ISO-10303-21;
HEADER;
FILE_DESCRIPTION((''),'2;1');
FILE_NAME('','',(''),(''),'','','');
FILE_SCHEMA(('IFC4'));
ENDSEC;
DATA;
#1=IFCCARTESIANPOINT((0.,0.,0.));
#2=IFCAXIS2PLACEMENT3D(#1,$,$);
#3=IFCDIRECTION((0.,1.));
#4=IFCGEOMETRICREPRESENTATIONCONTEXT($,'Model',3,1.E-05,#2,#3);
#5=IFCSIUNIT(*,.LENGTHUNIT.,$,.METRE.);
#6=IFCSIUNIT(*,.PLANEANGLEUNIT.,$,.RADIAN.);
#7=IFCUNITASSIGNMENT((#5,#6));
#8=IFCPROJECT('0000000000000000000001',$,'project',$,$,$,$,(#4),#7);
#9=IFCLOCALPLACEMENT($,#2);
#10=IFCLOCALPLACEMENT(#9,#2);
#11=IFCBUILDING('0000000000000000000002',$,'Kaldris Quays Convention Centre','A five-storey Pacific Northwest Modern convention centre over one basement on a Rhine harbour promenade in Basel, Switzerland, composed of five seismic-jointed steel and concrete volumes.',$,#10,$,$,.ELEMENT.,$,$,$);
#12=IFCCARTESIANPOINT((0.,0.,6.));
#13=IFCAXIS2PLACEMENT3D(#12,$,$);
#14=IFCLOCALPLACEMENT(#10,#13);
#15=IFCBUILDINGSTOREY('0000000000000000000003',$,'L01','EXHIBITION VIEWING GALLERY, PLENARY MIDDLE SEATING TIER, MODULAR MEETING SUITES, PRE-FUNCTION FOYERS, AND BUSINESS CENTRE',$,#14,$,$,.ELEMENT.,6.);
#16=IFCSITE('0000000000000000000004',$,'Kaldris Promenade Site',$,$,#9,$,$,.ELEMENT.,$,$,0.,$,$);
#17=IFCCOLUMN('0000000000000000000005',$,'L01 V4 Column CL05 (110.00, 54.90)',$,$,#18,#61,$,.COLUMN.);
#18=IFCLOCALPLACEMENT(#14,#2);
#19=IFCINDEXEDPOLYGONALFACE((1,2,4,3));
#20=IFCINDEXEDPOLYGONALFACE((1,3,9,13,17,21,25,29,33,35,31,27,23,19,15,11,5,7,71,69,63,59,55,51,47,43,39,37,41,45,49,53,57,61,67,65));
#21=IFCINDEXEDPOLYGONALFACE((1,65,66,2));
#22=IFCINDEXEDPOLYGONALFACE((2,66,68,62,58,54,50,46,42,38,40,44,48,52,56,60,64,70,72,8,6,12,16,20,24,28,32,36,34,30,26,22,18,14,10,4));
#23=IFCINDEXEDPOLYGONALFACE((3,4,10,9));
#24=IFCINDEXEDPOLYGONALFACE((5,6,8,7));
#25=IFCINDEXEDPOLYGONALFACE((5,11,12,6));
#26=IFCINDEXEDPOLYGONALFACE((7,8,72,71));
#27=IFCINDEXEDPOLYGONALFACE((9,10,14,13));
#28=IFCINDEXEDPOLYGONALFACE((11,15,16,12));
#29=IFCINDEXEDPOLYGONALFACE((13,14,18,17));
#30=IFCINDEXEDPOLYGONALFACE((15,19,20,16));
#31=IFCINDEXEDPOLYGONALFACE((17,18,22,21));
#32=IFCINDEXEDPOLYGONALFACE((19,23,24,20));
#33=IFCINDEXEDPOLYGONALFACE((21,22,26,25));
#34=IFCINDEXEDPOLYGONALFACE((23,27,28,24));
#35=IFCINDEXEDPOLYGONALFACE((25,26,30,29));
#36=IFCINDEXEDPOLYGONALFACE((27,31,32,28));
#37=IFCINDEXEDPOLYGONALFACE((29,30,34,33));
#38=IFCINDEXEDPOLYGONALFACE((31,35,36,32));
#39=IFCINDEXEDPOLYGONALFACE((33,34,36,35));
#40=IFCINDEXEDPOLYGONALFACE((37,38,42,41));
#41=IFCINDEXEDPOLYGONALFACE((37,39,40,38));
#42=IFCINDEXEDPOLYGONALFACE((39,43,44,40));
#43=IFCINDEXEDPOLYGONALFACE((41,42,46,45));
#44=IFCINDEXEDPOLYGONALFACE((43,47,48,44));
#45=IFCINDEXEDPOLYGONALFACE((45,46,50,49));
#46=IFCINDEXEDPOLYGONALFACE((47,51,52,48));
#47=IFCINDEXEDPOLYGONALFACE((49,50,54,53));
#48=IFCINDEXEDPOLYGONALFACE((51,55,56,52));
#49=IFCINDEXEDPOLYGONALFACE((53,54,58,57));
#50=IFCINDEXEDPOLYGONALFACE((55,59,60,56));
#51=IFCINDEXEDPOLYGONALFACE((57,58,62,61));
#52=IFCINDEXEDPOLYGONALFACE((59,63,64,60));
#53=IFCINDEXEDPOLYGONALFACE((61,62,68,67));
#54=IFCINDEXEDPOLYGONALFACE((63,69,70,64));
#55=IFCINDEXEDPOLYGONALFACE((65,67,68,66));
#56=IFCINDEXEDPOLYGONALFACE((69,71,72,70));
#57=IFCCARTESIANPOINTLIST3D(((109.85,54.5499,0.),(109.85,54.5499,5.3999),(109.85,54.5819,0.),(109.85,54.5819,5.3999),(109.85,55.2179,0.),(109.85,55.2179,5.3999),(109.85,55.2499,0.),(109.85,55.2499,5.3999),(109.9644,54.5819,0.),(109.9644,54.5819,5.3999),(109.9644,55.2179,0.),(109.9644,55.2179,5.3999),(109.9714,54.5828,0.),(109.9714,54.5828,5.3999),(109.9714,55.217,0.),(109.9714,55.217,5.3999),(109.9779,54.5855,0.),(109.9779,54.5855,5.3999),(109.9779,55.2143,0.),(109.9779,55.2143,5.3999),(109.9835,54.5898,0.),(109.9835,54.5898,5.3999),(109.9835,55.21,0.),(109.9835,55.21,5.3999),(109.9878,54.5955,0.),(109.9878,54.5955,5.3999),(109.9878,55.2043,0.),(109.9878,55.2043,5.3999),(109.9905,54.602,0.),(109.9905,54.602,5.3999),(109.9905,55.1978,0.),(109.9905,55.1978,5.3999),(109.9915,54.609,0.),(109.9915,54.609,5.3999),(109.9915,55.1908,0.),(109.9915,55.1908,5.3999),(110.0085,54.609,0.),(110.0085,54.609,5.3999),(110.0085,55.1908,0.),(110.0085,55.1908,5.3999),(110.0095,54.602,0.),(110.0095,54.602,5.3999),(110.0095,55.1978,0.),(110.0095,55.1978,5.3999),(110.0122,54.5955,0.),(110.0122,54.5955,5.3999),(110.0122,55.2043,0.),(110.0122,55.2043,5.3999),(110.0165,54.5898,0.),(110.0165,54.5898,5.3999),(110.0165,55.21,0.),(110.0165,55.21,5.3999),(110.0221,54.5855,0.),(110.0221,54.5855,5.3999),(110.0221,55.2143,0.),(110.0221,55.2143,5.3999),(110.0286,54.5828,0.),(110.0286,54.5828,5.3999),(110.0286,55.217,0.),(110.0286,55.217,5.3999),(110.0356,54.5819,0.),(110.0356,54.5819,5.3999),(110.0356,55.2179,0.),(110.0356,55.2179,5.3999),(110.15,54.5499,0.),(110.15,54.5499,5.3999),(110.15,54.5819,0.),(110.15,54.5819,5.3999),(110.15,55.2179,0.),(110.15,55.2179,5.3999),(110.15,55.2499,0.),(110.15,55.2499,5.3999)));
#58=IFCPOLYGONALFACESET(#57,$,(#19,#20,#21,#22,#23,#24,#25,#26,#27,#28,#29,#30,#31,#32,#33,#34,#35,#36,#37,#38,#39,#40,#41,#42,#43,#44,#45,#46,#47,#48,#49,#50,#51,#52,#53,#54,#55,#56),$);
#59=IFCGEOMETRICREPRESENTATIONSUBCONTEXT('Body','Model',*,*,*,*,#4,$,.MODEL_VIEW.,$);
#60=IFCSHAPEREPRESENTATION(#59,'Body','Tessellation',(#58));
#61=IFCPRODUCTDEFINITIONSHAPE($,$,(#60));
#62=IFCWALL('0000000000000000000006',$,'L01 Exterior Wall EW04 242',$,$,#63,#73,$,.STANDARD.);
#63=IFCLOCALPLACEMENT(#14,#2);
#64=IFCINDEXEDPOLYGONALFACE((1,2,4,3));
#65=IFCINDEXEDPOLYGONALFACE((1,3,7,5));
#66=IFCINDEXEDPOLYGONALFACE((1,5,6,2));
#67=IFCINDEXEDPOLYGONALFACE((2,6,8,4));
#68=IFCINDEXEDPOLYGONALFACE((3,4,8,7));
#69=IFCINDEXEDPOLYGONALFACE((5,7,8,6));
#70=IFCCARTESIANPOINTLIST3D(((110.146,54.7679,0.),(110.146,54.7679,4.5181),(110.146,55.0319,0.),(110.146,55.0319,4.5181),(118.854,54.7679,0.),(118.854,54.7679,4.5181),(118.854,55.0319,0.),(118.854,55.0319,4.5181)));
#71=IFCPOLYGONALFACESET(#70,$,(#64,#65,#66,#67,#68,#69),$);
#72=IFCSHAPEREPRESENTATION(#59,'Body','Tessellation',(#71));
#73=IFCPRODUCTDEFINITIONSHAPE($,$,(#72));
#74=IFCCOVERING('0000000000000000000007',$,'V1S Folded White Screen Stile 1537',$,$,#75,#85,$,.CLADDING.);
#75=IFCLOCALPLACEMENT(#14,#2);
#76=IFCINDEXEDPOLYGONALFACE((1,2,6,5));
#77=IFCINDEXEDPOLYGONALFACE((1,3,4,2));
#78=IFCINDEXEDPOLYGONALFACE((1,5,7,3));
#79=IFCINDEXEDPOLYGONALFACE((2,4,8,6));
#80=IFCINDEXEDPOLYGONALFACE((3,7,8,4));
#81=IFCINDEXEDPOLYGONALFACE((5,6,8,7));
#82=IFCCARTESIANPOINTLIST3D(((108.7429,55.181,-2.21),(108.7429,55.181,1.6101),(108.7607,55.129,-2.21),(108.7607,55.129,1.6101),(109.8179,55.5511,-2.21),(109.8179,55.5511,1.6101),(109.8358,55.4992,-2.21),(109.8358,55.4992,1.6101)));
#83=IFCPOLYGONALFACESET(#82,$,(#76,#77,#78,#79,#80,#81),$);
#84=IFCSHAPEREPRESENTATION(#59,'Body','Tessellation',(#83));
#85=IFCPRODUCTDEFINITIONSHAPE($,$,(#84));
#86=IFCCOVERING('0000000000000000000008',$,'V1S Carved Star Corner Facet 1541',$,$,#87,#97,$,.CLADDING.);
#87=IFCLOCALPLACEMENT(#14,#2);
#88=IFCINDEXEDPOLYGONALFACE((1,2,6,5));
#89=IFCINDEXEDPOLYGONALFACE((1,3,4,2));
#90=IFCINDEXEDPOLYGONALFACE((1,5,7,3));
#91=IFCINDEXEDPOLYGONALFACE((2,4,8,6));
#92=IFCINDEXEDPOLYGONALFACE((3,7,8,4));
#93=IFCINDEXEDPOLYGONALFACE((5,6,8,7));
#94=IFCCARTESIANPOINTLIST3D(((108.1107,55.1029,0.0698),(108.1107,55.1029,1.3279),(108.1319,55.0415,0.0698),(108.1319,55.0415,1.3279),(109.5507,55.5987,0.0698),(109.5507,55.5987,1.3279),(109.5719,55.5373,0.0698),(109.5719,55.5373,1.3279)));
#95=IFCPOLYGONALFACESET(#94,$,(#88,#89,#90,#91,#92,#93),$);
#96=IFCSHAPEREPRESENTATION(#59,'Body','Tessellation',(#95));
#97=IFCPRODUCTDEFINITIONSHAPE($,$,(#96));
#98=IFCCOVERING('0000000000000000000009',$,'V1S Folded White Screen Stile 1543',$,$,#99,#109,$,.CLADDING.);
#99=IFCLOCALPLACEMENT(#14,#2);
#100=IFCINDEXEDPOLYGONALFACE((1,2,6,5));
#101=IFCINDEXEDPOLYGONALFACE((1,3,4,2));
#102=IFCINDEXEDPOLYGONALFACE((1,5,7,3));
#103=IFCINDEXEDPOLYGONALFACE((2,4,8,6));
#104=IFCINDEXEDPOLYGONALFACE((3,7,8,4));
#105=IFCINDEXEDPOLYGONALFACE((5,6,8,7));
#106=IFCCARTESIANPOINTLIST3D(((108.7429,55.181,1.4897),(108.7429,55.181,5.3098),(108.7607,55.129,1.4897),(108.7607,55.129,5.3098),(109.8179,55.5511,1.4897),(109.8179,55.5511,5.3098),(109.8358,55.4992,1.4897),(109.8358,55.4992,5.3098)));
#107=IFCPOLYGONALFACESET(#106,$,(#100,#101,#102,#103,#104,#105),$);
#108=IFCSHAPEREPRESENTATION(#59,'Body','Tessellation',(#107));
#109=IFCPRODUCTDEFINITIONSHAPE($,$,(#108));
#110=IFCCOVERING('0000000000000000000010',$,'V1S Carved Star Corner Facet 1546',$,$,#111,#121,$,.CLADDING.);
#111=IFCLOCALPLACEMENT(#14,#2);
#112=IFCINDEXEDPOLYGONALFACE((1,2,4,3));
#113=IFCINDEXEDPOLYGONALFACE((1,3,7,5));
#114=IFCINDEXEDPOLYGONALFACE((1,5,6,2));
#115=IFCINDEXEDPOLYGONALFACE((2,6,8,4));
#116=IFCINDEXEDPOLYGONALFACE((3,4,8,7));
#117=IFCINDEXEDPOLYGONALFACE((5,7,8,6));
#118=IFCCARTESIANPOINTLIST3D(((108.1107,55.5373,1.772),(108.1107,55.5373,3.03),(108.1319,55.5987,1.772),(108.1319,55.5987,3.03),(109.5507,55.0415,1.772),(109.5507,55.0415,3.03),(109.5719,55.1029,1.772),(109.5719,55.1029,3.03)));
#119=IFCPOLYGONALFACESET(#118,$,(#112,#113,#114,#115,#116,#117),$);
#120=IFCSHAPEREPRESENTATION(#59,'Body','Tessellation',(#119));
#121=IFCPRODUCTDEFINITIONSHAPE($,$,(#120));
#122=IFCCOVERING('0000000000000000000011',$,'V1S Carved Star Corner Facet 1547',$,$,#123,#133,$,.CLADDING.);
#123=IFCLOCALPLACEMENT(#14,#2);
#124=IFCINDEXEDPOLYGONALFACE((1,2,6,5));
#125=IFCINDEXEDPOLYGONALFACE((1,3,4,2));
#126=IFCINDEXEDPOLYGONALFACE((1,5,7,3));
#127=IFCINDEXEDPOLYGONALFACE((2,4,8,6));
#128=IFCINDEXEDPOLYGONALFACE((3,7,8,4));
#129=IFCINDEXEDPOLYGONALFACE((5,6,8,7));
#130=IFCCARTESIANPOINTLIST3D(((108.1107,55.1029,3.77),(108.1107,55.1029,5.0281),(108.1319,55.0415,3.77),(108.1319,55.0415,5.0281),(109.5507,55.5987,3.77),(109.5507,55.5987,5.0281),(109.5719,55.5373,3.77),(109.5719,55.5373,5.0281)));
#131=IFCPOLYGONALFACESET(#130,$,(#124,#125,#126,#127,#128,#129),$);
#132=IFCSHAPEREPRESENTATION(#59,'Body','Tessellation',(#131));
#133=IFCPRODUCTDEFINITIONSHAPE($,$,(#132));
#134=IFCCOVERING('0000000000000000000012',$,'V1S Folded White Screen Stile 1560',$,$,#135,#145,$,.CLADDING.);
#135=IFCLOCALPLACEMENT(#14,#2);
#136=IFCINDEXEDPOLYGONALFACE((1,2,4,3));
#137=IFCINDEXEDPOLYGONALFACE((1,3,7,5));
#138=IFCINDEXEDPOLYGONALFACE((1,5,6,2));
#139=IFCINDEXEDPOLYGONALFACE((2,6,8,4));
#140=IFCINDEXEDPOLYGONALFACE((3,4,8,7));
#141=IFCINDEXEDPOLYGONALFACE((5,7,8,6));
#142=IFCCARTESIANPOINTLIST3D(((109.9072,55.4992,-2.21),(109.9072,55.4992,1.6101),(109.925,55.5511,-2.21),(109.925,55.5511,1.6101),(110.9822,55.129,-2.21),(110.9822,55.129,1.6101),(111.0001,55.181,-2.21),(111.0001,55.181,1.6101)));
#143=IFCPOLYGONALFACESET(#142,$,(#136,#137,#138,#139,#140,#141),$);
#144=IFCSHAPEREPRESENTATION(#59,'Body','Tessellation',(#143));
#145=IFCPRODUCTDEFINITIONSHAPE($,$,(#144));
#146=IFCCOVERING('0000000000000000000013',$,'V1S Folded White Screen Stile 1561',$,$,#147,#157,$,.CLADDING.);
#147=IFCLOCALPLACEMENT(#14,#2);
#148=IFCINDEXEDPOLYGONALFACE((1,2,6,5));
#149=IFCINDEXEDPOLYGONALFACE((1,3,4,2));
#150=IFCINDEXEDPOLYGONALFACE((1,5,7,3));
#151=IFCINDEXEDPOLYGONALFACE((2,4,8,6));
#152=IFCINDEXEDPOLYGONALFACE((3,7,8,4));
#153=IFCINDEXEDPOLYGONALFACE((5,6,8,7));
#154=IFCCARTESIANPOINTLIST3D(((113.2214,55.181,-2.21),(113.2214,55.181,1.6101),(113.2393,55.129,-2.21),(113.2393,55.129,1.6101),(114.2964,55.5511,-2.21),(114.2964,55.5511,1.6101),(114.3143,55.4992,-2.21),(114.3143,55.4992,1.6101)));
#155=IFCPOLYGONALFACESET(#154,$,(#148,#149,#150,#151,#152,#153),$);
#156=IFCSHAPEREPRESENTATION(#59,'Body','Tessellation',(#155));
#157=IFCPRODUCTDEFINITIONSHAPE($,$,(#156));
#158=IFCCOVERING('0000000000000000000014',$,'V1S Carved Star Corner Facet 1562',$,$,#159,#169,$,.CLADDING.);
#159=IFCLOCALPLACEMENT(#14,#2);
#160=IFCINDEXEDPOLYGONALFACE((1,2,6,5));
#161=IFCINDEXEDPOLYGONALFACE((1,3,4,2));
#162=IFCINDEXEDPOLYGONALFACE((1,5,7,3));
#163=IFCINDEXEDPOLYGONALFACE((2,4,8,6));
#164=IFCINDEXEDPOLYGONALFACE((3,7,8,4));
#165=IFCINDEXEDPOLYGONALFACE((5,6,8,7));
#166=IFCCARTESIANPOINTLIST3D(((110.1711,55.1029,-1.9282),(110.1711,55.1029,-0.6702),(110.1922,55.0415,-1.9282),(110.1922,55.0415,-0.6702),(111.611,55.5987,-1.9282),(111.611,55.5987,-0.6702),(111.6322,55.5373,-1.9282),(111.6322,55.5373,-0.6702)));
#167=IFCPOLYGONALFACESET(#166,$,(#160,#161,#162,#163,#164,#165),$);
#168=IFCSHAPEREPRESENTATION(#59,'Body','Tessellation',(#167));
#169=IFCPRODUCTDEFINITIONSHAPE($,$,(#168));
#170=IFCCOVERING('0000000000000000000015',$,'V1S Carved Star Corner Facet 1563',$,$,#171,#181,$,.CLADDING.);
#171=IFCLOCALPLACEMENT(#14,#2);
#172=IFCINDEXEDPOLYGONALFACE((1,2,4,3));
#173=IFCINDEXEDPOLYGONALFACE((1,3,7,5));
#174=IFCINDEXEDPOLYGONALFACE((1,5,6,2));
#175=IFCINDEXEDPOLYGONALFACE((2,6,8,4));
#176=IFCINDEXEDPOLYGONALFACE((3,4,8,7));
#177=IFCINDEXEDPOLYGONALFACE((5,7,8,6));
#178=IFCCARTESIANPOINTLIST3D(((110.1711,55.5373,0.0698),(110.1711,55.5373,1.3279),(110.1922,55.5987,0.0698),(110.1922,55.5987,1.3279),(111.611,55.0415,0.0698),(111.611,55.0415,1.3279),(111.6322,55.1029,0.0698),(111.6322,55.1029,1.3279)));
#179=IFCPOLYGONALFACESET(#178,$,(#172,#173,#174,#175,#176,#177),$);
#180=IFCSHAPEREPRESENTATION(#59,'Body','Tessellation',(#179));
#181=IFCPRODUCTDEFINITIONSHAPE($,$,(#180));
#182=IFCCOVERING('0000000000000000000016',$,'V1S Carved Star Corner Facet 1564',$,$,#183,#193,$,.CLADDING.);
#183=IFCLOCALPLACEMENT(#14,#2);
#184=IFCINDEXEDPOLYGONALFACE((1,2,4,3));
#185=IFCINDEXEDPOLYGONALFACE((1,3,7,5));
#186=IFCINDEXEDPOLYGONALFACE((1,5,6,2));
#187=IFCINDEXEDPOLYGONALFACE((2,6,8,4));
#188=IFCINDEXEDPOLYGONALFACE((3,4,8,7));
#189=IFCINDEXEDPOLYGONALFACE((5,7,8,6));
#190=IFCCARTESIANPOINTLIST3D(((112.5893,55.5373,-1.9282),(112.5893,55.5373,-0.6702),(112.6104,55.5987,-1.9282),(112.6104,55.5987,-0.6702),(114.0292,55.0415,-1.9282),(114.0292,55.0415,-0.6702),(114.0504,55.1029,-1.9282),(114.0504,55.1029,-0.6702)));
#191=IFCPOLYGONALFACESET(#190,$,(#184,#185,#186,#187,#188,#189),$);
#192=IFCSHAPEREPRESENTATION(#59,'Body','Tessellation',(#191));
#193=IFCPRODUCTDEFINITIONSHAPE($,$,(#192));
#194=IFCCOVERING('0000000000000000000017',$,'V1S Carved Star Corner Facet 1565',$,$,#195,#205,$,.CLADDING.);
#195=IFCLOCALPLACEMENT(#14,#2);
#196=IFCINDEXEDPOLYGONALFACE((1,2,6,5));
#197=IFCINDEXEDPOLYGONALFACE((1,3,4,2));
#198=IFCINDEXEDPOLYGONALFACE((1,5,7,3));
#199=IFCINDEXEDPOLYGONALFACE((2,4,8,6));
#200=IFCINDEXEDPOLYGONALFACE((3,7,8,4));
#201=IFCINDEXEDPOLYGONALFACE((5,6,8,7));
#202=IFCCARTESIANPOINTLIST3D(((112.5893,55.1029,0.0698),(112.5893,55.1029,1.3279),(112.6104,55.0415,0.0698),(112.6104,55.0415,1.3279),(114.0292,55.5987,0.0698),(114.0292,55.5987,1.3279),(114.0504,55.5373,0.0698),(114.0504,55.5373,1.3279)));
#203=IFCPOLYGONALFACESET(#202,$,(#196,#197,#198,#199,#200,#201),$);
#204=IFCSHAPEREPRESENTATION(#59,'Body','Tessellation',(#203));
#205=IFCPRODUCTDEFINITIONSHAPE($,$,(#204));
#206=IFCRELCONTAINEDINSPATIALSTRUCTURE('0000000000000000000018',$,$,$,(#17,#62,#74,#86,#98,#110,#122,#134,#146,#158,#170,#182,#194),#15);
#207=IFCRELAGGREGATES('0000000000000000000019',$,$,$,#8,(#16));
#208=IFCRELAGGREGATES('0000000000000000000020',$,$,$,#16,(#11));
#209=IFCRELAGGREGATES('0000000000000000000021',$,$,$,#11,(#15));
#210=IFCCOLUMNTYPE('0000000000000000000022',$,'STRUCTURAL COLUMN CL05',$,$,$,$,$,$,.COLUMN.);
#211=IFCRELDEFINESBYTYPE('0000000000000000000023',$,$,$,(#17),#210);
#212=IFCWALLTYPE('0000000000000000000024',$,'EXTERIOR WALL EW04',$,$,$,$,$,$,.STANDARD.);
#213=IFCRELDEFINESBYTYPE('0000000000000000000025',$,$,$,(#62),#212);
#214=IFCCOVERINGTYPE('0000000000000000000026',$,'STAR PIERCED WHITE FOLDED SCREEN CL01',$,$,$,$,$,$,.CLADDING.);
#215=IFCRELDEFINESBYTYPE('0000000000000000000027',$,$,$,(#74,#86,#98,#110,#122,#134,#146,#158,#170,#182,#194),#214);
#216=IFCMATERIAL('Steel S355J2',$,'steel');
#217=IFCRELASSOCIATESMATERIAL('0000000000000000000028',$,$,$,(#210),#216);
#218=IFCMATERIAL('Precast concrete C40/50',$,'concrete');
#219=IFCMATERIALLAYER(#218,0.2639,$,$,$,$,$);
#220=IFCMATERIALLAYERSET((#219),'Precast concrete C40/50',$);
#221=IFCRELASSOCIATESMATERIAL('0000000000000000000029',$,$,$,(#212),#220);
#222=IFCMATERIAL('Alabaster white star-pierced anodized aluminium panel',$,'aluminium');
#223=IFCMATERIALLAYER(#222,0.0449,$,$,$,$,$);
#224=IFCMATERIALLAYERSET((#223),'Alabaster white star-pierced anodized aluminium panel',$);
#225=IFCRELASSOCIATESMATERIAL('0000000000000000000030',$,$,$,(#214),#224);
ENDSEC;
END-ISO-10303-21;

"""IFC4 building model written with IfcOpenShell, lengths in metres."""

from ifc_helpers import new_model, si_unit, direction, frame, frame_2d, origin, origin_2d, place, context, subcontext, project, spatial, rectangle, i_section, extrude, material, layer, layer_set, material_profile, profile_set, type_object, element, save


model = new_model("IFC4")

# Units and contexts
model_context = context("Model", 3, precision=1e-05, world=origin(), true_north=direction((0.0, 1.0)))
body_context = subcontext(model_context, "Body", "Model", "MODEL_VIEW")
ifc_project = project(units=[si_unit("LENGTHUNIT", "METRE"), si_unit("PLANEANGLEUNIT", "RADIAN")], contexts=[model_context])

# Site, building, storey
site_placement = place(None, origin())
site = spatial("IfcSite", under=ifc_project, at=site_placement, Name="Kaldris Promenade Site", CompositionType="ELEMENT", RefElevation=0.0)
building_placement = place(site_placement, origin())
building = spatial("IfcBuilding", under=site, at=building_placement, Name="Kaldris Quays Convention Centre", Description="A five-storey Pacific Northwest Modern convention centre over one basement on a Rhine harbour promenade in Basel, Switzerland, composed of five seismic-jointed steel and concrete volumes.", CompositionType="ELEMENT")
storey_placement = place(building_placement, frame((0.0, 0.0, 6.0)))
storey = spatial("IfcBuildingStorey", under=building, at=storey_placement, Name="L01", Description="EXHIBITION VIEWING GALLERY, PLENARY MIDDLE SEATING TIER, MODULAR MEETING SUITES, PRE-FUNCTION FOYERS, AND BUSINESS CENTRE", CompositionType="ELEMENT", Elevation=6.0)

# Column
ifc_material_1 = material(Name="Steel S355J2", Category="steel")
ifc_material_profile = material_profile(ifc_material_1, i_section(OverallWidth=0.3, OverallDepth=0.7, WebThickness=0.0171, FlangeThickness=0.032, FilletRadius=0.0271, at=origin_2d()), Name="HEB 700")
ifc_profile_set = profile_set([ifc_material_profile], Name="Steel S355J2")
column_type = type_object("IfcColumnType", Name="STRUCTURAL COLUMN CL05", PredefinedType="COLUMN", material=ifc_profile_set)
column_placement = place(storey_placement, frame((110.0, 54.8999, 0.0), z_axis=(0.0, 0.0, 1.0), x_axis=(1.0, 0.0, 0.0)))
element("IfcColumn", 1, at=column_placement, inside=storey, type_object=column_type, Name="L01 V4 Column CL05 (110.00, 54.90)", PredefinedType="COLUMN", context=body_context, shape_type="SweptSolid", body=[
    extrude(i_section(OverallWidth=0.3, OverallDepth=0.7, WebThickness=0.0171, FlangeThickness=0.032, FilletRadius=0.0271, at=origin_2d()), origin(), (0.0, 0.0, 1.0), 5.3999),
])

# Wall
ifc_material_2 = material(Name="Precast concrete C40/50", Category="concrete")
ifc_layer_1 = layer(ifc_material_2, 0.2639)
ifc_layer_set_1 = layer_set([ifc_layer_1], Name="Precast concrete C40/50")
wall_type = type_object("IfcWallType", Name="EXTERIOR WALL EW04", PredefinedType="STANDARD", material=ifc_layer_set_1)
wall_placement = place(storey_placement, frame((110.146, 54.8999, 0.0), z_axis=(0.0, 0.0, 1.0), x_axis=(1.0, 0.0, 0.0)))
element("IfcWall", 2, at=wall_placement, inside=storey, type_object=wall_type, Name="L01 Exterior Wall EW04 242", PredefinedType="STANDARD", context=body_context, shape_type="SweptSolid", body=[
    extrude(rectangle(XDim=8.708, YDim=0.2639, at=frame_2d((4.354, 0.0))), origin(), (0.0, 0.0, 1.0), 4.5181),
])

# Coverings
ifc_material_3 = material(Name="Alabaster white star-pierced anodized aluminium panel", Category="aluminium")
ifc_layer_2 = layer(ifc_material_3, 0.0449)
ifc_layer_set_2 = layer_set([ifc_layer_2], Name="Alabaster white star-pierced anodized aluminium panel")
covering_type = type_object("IfcCoveringType", Name="STAR PIERCED WHITE FOLDED SCREEN CL01", PredefinedType="CLADDING", material=ifc_layer_set_2)
covering_1_placement = place(storey_placement, frame((109.2893, 55.3401, -2.21), z_axis=(0.0, 0.0, 1.0), x_axis=(0.945519, 0.325568, 0.0)))
element("IfcCovering", 3, at=covering_1_placement, inside=storey, type_object=covering_type, Name="V1S Folded White Screen Stile 1537", PredefinedType="CLADDING", context=body_context, shape_type="SweptSolid", body=[
    extrude(rectangle(XDim=1.137, YDim=0.0549, at=origin_2d()), origin(), (0.0, 0.0, 1.0), 3.8201),
])
covering_2_placement = place(storey_placement, frame((108.8413, 55.3201, 0.0698), z_axis=(0.0, 0.0, 1.0), x_axis=(0.945519, 0.325568, 0.0)))
element("IfcCovering", 4, at=covering_2_placement, inside=storey, type_object=covering_type, Name="V1S Carved Star Corner Facet 1541", PredefinedType="CLADDING", context=body_context, shape_type="SweptSolid", body=[
    extrude(rectangle(XDim=1.5229, YDim=0.0649, at=origin_2d()), origin(), (0.0, 0.0, 1.0), 1.2581),
])
covering_3_placement = place(storey_placement, frame((109.2893, 55.3401, 1.4897), z_axis=(0.0, 0.0, 1.0), x_axis=(0.945519, 0.325568, 0.0)))
element("IfcCovering", 5, at=covering_3_placement, inside=storey, type_object=covering_type, Name="V1S Folded White Screen Stile 1543", PredefinedType="CLADDING", context=body_context, shape_type="SweptSolid", body=[
    extrude(rectangle(XDim=1.137, YDim=0.0549, at=origin_2d()), origin(), (0.0, 0.0, 1.0), 3.8201),
])
for number, where, z_axis, x_axis, name in (
    (6, (108.8413, 55.3201, 1.772), (0.0, 0.0, 1.0), (0.945519, -0.325568, 0.0), "V1S Carved Star Corner Facet 1546"),
    (7, (108.8413, 55.3201, 3.77), (0.0, 0.0, 1.0), (0.945519, 0.325568, 0.0), "V1S Carved Star Corner Facet 1547"),
):
    element("IfcCovering", number, at=place(storey_placement, frame(where, z_axis=z_axis, x_axis=x_axis)), inside=storey, type_object=covering_type, Name=name, PredefinedType="CLADDING", context=body_context, shape_type="SweptSolid", body=[
        extrude(rectangle(XDim=1.5229, YDim=0.0649, at=origin_2d()), origin(), (0.0, 0.0, 1.0), 1.2581),
    ])
for number, where, z_axis, x_axis, name in (
    (8, (110.4536, 55.3401, -2.21), (0.0, 0.0, 1.0), (0.945519, -0.325568, 0.0), "V1S Folded White Screen Stile 1560"),
    (9, (113.7678, 55.3401, -2.21), (0.0, 0.0, 1.0), (0.945519, 0.325568, 0.0), "V1S Folded White Screen Stile 1561"),
):
    element("IfcCovering", number, at=place(storey_placement, frame(where, z_axis=z_axis, x_axis=x_axis)), inside=storey, type_object=covering_type, Name=name, PredefinedType="CLADDING", context=body_context, shape_type="SweptSolid", body=[
        extrude(rectangle(XDim=1.137, YDim=0.0549, at=origin_2d()), origin(), (0.0, 0.0, 1.0), 3.8201),
    ])
for number, where, z_axis, x_axis, name in (
    (10, (110.9016, 55.3201, -1.9282), (0.0, 0.0, 1.0), (0.945519, 0.325568, 0.0), "V1S Carved Star Corner Facet 1562"),
    (11, (110.9016, 55.3201, 0.0698), (0.0, 0.0, 1.0), (0.945519, -0.325568, 0.0), "V1S Carved Star Corner Facet 1563"),
    (12, (113.3198, 55.3201, -1.9282), (0.0, 0.0, 1.0), (0.945519, -0.325568, 0.0), "V1S Carved Star Corner Facet 1564"),
    (13, (113.3198, 55.3201, 0.0698), (0.0, 0.0, 1.0), (0.945519, 0.325568, 0.0), "V1S Carved Star Corner Facet 1565"),
):
    element("IfcCovering", number, at=place(storey_placement, frame(where, z_axis=z_axis, x_axis=x_axis)), inside=storey, type_object=covering_type, Name=name, PredefinedType="CLADDING", context=body_context, shape_type="SweptSolid", body=[
        extrude(rectangle(XDim=1.5229, YDim=0.0649, at=origin_2d()), origin(), (0.0, 0.0, 1.0), 1.2581),
    ])

save(model, "model.ifc")
